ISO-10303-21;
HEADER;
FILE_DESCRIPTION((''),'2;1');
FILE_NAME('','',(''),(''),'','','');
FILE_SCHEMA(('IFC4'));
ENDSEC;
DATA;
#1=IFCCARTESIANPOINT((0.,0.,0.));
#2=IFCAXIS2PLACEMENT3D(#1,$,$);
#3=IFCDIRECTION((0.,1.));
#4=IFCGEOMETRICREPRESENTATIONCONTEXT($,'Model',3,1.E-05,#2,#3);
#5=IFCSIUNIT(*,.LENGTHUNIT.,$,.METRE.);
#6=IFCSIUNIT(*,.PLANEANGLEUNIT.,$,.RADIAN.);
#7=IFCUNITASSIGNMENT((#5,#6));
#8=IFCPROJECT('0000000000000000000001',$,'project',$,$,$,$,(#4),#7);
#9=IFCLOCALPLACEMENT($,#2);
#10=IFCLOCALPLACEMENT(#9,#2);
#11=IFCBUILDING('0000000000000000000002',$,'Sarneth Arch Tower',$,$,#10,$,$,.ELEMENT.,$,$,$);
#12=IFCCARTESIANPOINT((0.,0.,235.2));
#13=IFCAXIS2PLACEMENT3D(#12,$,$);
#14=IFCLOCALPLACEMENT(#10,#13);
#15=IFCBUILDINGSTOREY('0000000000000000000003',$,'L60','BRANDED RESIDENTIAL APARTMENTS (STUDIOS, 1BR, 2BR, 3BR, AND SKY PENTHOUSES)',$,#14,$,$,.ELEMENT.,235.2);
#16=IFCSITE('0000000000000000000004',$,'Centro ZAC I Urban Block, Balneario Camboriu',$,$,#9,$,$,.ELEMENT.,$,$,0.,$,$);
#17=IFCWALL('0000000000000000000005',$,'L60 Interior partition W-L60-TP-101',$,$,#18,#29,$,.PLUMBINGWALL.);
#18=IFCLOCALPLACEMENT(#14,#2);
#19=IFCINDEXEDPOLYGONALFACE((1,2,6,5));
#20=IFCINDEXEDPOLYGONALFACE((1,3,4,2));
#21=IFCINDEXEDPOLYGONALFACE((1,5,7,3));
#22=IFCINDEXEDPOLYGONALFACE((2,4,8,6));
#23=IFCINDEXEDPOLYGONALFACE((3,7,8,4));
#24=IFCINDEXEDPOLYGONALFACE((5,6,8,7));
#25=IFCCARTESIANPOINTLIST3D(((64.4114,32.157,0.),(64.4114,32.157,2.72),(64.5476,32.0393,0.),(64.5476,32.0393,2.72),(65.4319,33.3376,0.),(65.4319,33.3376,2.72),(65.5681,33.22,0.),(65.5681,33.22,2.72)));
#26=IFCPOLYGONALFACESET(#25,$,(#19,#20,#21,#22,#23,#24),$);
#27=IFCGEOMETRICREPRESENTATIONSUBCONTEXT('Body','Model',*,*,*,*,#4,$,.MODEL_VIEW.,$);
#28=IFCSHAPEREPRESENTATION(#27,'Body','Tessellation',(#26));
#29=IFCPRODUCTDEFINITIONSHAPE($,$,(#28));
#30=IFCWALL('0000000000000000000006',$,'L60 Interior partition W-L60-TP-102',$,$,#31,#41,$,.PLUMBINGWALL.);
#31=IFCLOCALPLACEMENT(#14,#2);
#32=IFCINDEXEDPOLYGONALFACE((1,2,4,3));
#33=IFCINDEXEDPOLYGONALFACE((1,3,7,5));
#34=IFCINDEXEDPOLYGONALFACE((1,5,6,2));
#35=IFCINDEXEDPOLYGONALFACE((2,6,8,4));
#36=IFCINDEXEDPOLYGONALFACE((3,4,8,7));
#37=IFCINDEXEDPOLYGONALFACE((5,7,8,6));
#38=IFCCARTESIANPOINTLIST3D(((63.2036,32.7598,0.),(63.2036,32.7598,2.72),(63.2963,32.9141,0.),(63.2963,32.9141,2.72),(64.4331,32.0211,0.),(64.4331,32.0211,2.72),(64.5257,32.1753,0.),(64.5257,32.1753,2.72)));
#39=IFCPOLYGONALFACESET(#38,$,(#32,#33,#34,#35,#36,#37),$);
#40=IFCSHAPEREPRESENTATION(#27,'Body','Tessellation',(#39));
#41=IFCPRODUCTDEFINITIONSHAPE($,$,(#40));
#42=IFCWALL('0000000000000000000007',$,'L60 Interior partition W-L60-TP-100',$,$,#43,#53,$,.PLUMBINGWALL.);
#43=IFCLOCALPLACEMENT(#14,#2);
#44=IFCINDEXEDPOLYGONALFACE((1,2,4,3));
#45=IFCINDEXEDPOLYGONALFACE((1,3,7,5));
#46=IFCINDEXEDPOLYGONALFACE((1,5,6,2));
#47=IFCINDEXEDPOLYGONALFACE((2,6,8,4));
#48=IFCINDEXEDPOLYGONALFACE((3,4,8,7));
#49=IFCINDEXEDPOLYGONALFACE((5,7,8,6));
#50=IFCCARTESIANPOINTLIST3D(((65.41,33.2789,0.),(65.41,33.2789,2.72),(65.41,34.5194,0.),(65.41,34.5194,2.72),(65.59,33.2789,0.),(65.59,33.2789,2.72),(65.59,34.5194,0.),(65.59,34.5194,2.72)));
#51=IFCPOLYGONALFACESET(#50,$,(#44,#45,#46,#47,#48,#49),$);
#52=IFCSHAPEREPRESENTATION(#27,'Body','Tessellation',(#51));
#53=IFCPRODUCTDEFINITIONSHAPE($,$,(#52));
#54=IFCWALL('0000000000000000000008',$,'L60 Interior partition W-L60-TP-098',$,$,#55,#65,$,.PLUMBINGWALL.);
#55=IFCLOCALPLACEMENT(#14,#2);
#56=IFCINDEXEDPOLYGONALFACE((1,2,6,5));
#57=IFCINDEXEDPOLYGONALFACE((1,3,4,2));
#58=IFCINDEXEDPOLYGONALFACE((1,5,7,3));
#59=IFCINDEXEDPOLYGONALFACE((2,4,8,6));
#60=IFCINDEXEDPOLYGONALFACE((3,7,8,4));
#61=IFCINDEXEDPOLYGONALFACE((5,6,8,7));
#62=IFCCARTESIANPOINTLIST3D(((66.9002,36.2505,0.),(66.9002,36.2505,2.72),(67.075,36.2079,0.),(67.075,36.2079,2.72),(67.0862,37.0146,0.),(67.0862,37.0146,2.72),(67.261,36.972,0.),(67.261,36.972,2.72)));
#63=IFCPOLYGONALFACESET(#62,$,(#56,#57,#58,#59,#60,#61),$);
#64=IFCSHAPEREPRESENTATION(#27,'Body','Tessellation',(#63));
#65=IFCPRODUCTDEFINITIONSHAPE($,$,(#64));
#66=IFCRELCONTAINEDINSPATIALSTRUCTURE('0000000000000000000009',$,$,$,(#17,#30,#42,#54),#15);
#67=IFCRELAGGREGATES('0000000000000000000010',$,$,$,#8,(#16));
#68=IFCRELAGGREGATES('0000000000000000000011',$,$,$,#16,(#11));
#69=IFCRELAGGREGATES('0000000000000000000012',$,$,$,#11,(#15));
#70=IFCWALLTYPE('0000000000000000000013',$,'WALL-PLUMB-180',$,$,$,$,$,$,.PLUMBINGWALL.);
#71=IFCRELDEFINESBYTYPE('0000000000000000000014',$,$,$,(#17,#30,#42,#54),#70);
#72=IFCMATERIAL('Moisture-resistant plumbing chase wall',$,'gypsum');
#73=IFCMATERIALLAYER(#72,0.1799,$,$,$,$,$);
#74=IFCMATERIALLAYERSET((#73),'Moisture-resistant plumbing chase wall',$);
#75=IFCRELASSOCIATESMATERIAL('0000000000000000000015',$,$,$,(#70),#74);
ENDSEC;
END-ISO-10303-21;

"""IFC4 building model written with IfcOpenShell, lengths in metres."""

from ifc_helpers import new_model, si_unit, direction, frame, frame_2d, origin, place, context, subcontext, project, spatial, rectangle, extrude, material, layer, layer_set, type_object, element, save


model = new_model("IFC4")

# Units and contexts
model_context = context("Model", 3, precision=1e-05, world=origin(), true_north=direction((0.0, 1.0)))
body_context = subcontext(model_context, "Body", "Model", "MODEL_VIEW")
ifc_project = project(units=[si_unit("LENGTHUNIT", "METRE"), si_unit("PLANEANGLEUNIT", "RADIAN")], contexts=[model_context])

# Site, building, storey
site_placement = place(None, origin())
site = spatial("IfcSite", under=ifc_project, at=site_placement, Name="Centro ZAC I Urban Block, Balneario Camboriu", CompositionType="ELEMENT", RefElevation=0.0)
building_placement = place(site_placement, origin())
building = spatial("IfcBuilding", under=site, at=building_placement, Name="Sarneth Arch Tower", CompositionType="ELEMENT")
storey_placement = place(building_placement, frame((0.0, 0.0, 235.2)))
storey = spatial("IfcBuildingStorey", under=building, at=storey_placement, Name="L60", Description="BRANDED RESIDENTIAL APARTMENTS (STUDIOS, 1BR, 2BR, 3BR, AND SKY PENTHOUSES)", CompositionType="ELEMENT", Elevation=235.2)

# Shared definitions
ifc_material_1 = material(Name="Moisture-resistant plumbing chase wall", Category="gypsum")
ifc_layer_1 = layer(ifc_material_1, 0.1799)
ifc_layer_set_1 = layer_set([ifc_layer_1], Name="Moisture-resistant plumbing chase wall")
wall_type_1 = type_object("IfcWallType", Name="WALL-PLUMB-180", PredefinedType="PLUMBINGWALL", material=ifc_layer_set_1)

# Walls
wall_1_placement = place(storey_placement, frame((65.5, 33.2788, 0.0), z_axis=(0.0, 0.0, 1.0), x_axis=(-0.653929, -0.756556, 0.0)))
element("IfcWall", 1, at=wall_1_placement, inside=storey, type_object=wall_type_1, Name="L60 Interior partition W-L60-TP-101", PredefinedType="PLUMBINGWALL", context=body_context, shape_type="SweptSolid", body=[
    extrude(rectangle(XDim=1.5605, YDim=0.1799, at=frame_2d((0.7803, 0.0))), origin(), (0.0, 0.0, 1.0), 2.72),
])
wall_2_placement = place(storey_placement, frame((64.4795, 32.0981, 0.0), z_axis=(0.0, 0.0, 1.0), x_axis=(-0.857162, 0.515046, 0.0)))
element("IfcWall", 2, at=wall_2_placement, inside=storey, type_object=wall_type_1, Name="L60 Interior partition W-L60-TP-102", PredefinedType="PLUMBINGWALL", context=body_context, shape_type="SweptSolid", body=[
    extrude(rectangle(XDim=1.4343, YDim=0.1799, at=frame_2d((0.7173, 0.0))), origin(), (0.0, 0.0, 1.0), 2.72),
])
wall_3_placement = place(storey_placement, frame((65.5, 34.5193, 0.0), z_axis=(0.0, 0.0, 1.0), x_axis=(0.0, -1.0, 0.0)))
element("IfcWall", 3, at=wall_3_placement, inside=storey, type_object=wall_type_1, Name="L60 Interior partition W-L60-TP-100", PredefinedType="PLUMBINGWALL", context=body_context, shape_type="SweptSolid", body=[
    extrude(rectangle(XDim=1.2405, YDim=0.1799, at=frame_2d((0.6201, 0.0))), origin(), (0.0, 0.0, 1.0), 2.72),
])
wall_4_placement = place(storey_placement, frame((67.1736, 36.9932, 0.0), z_axis=(0.0, 0.0, 1.0), x_axis=(-0.236542, -0.971621, 0.0)))
element("IfcWall", 4, at=wall_4_placement, inside=storey, type_object=wall_type_1, Name="L60 Interior partition W-L60-TP-098", PredefinedType="PLUMBINGWALL", context=body_context, shape_type="SweptSolid", body=[
    extrude(rectangle(XDim=0.7864, YDim=0.1799, at=frame_2d((0.3931, 0.0))), origin(), (0.0, 0.0, 1.0), 2.72),
])

save(model, "model.ifc")
